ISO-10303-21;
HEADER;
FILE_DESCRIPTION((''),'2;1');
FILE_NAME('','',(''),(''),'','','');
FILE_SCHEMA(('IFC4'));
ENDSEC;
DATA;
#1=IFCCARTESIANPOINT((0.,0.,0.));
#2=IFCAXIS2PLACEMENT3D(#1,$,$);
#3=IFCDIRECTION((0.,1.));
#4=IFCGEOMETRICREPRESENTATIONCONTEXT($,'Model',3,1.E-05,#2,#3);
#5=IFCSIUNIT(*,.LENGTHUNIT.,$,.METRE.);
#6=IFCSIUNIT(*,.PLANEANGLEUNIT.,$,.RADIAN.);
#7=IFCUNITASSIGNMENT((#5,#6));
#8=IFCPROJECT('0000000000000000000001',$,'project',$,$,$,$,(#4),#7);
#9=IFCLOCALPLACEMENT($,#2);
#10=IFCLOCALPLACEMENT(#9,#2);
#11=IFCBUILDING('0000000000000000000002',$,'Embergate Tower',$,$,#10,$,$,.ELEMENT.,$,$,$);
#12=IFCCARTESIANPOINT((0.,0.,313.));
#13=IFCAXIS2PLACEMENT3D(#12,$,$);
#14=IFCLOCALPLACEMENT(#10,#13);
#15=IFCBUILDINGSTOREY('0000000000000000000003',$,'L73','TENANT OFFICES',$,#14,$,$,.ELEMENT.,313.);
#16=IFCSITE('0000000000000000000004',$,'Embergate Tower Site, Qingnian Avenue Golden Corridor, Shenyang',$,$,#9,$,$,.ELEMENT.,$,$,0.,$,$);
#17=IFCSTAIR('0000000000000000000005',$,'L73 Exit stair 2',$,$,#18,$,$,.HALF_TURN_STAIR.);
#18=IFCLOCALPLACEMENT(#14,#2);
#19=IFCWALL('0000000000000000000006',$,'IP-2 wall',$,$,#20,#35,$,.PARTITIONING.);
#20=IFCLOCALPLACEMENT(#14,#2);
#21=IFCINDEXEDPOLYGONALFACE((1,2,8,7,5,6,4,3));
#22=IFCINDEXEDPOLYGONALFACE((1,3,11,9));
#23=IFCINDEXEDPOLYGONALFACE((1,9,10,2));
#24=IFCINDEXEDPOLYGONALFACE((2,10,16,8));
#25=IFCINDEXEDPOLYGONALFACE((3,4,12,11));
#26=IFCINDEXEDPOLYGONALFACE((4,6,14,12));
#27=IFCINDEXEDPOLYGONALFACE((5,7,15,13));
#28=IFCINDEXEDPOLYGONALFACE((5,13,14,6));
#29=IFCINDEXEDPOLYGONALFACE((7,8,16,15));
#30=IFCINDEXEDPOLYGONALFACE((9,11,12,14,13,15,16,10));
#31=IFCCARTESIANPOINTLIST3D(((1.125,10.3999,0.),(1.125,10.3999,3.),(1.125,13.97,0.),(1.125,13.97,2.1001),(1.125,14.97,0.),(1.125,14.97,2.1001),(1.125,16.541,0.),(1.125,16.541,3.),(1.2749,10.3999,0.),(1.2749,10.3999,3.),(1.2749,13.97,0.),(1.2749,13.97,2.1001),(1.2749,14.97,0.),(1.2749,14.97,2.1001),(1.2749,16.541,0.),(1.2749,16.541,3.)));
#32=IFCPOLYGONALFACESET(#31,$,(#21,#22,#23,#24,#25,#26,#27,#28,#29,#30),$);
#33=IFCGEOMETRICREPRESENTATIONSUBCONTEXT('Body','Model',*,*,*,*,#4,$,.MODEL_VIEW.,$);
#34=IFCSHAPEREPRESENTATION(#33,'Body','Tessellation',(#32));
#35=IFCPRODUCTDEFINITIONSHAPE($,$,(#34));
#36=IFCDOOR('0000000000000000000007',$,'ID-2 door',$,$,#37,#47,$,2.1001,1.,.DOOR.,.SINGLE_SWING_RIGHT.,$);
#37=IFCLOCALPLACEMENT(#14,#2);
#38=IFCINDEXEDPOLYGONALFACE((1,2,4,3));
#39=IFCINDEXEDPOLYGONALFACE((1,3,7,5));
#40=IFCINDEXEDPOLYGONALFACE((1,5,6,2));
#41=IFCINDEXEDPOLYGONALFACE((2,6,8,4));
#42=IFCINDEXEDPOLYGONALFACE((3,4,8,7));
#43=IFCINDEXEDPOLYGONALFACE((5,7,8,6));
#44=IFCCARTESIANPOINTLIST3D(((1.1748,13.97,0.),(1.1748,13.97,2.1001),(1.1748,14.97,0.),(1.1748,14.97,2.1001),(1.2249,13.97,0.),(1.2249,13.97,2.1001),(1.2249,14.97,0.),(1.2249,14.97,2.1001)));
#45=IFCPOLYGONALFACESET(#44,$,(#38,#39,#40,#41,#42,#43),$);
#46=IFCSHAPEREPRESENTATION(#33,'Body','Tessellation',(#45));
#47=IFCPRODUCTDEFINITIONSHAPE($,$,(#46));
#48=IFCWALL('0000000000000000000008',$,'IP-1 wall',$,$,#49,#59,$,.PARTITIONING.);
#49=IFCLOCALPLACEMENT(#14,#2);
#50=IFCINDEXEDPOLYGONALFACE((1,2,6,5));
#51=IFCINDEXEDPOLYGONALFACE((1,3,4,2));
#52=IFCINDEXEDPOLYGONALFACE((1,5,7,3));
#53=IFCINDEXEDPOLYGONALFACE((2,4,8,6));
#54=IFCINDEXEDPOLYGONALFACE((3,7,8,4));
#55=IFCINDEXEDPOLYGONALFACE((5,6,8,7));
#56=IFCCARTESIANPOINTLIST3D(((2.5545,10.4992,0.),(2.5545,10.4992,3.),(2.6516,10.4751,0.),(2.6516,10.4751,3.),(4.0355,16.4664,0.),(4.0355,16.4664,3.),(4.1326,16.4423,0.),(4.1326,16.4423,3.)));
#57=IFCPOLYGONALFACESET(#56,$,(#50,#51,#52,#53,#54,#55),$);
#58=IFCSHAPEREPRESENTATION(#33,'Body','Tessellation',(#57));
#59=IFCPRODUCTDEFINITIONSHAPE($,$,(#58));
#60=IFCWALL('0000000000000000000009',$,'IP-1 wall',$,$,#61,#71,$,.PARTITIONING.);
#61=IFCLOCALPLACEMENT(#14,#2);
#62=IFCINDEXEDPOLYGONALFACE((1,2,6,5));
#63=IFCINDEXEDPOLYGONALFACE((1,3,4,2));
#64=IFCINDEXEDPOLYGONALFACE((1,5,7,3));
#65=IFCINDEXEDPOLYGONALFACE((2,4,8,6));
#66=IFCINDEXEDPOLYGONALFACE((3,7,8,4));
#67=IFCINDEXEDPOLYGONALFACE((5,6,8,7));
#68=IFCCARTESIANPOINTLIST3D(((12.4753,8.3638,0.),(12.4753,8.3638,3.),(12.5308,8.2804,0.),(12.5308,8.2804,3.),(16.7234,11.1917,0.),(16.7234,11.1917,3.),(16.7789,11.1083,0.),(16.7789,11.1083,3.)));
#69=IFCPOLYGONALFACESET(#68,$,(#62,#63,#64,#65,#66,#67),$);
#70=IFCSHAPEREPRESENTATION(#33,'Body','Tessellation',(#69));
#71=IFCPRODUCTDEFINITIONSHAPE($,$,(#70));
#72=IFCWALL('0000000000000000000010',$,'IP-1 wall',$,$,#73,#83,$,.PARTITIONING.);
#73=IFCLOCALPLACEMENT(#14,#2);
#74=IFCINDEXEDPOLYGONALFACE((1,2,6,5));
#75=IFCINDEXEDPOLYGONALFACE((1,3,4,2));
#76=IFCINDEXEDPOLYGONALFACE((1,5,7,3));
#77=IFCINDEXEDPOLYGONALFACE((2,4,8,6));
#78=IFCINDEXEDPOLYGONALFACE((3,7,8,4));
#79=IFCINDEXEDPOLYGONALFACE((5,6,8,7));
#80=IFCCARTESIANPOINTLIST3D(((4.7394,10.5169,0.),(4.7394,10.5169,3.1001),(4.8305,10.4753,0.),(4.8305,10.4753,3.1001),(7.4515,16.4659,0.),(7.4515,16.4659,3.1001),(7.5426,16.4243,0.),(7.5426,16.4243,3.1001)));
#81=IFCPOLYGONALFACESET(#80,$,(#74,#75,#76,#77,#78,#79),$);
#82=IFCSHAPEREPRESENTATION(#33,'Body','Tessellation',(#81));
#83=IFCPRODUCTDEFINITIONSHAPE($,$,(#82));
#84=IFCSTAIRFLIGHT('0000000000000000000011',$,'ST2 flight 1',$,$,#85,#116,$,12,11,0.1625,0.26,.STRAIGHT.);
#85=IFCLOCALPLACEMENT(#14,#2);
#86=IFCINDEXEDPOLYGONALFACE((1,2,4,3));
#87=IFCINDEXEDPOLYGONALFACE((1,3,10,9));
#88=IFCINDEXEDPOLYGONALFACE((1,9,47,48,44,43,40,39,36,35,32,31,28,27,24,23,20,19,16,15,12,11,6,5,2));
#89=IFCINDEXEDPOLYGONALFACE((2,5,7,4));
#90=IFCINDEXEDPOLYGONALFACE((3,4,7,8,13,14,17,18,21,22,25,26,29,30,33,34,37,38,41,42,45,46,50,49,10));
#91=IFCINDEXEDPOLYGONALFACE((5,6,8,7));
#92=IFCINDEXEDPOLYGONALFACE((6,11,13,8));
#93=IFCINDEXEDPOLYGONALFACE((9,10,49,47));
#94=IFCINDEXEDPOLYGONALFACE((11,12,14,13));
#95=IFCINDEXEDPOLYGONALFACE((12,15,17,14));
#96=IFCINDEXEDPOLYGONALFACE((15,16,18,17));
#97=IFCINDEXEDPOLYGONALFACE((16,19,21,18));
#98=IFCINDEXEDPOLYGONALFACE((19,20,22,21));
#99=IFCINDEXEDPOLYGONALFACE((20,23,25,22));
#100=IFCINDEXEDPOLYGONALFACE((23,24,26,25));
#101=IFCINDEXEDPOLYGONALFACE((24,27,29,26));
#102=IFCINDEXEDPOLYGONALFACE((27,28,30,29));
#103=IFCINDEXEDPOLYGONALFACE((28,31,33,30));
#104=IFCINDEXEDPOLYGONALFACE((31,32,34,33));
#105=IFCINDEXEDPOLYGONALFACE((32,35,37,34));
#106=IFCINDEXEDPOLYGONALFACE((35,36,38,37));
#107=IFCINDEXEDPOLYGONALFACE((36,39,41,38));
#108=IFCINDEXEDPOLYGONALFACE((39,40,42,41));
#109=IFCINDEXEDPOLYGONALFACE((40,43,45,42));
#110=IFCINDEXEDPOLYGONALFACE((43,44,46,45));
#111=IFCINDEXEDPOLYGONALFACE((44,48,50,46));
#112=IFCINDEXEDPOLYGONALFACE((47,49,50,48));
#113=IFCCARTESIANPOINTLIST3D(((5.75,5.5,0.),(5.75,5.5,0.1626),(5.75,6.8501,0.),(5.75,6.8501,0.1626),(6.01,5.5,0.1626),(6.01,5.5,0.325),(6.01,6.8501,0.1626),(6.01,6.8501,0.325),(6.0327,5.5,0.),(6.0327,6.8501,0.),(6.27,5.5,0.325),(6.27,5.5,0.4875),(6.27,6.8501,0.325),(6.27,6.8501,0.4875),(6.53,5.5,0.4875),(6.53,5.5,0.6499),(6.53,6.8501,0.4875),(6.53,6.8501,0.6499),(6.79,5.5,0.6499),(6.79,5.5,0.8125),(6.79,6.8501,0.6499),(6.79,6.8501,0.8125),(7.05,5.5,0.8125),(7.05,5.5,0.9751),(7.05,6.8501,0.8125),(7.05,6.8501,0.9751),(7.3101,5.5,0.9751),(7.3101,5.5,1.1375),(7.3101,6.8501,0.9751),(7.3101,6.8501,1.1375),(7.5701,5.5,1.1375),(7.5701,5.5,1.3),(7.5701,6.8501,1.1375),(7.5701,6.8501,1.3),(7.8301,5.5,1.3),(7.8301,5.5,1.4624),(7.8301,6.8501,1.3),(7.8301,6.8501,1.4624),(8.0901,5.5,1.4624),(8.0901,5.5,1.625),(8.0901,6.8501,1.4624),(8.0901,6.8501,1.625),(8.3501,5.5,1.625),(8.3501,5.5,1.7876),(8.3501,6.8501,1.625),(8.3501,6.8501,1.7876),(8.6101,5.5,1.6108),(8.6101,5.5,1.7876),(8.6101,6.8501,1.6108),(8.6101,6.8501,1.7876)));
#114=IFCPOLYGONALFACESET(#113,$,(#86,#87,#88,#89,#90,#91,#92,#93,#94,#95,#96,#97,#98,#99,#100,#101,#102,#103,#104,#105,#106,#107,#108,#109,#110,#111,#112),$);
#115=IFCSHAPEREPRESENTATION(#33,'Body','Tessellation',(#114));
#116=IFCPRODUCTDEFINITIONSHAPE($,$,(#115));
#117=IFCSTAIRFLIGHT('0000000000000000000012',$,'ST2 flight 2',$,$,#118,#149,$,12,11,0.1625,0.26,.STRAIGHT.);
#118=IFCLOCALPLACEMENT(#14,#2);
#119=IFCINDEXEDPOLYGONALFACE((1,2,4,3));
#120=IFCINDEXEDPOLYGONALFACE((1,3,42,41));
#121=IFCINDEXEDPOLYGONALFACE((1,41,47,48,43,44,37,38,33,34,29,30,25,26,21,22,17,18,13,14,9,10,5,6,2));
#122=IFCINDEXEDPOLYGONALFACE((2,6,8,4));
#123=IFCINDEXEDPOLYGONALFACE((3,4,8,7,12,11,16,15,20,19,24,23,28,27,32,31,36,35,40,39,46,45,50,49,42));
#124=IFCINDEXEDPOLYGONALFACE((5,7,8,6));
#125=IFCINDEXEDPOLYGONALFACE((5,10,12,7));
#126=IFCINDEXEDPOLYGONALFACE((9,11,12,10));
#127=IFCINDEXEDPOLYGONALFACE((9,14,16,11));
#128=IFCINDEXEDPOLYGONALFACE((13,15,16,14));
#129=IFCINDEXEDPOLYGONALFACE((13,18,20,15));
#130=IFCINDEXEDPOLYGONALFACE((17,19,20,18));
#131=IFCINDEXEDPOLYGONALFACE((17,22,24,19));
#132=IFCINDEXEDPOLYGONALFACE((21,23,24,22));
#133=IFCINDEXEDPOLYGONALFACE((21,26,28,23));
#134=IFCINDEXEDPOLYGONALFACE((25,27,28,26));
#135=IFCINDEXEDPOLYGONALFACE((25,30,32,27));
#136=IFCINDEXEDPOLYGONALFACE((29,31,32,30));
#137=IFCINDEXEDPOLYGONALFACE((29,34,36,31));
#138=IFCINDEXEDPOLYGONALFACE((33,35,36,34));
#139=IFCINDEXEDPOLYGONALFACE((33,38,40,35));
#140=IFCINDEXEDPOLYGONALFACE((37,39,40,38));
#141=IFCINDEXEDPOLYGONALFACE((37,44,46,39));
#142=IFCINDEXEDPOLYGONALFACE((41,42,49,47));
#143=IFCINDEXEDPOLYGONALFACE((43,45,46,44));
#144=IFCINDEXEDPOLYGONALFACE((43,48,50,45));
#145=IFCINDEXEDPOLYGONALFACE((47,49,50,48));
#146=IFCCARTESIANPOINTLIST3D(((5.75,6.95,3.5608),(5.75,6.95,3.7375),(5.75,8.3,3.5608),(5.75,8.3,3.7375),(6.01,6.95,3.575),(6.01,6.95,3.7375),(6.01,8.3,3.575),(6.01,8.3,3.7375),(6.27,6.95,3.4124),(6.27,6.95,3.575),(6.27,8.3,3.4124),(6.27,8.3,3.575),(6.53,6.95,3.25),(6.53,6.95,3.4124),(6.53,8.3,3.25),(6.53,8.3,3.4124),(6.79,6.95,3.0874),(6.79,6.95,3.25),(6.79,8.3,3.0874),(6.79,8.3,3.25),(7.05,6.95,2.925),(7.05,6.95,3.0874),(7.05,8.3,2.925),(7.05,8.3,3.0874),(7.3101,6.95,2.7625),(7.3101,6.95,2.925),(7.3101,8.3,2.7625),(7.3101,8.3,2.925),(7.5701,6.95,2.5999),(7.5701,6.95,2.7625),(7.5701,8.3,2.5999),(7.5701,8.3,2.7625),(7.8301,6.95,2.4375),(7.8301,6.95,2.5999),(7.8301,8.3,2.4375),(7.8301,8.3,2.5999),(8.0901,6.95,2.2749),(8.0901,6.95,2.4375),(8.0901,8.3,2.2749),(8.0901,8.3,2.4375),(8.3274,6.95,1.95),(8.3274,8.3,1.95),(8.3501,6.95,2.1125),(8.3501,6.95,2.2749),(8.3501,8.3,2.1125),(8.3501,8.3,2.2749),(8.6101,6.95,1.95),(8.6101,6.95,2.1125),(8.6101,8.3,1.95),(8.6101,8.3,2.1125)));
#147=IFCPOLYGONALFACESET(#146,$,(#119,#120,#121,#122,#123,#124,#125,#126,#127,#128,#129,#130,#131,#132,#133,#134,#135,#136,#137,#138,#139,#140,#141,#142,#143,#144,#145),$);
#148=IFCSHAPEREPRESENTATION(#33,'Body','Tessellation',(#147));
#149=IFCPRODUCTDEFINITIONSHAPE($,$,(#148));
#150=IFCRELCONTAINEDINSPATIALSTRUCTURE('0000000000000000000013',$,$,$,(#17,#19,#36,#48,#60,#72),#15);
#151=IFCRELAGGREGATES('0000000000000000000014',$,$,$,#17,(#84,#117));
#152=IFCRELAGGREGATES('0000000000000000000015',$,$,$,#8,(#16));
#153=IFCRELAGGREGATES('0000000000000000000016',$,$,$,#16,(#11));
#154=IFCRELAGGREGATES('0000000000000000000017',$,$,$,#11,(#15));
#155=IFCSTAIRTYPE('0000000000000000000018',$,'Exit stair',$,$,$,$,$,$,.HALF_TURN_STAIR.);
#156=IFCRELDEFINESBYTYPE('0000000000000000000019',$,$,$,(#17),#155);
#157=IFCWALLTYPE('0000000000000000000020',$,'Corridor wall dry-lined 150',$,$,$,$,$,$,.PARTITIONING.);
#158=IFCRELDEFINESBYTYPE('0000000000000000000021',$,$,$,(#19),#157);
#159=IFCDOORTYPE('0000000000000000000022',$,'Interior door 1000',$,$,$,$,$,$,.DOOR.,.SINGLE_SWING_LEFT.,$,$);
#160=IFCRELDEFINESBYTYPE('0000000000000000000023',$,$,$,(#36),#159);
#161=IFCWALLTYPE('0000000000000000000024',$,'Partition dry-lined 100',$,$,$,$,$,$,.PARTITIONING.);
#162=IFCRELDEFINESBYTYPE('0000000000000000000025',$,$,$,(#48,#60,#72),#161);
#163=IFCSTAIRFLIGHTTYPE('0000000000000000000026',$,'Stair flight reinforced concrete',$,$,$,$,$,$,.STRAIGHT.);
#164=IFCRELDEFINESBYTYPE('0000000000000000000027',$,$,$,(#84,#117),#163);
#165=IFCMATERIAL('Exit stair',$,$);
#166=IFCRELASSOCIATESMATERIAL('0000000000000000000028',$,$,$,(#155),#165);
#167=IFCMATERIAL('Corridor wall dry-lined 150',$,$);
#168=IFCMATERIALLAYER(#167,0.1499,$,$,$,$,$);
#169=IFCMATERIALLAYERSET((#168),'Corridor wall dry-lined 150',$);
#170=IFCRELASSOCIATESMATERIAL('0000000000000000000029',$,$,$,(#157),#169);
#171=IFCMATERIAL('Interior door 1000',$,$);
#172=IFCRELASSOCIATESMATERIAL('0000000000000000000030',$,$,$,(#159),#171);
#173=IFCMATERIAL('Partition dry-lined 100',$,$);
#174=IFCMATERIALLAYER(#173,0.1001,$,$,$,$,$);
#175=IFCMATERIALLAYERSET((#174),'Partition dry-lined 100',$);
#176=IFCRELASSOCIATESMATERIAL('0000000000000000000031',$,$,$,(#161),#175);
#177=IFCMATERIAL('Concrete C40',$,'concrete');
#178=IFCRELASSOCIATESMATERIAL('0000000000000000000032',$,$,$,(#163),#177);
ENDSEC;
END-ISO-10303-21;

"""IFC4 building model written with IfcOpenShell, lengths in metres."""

from ifc_helpers import new_model, si_unit, direction, frame, frame_2d, origin, place, context, subcontext, project, spatial, polyline, rectangle, outline, extrude, source, transform, mapped, material, layer, layer_set, type_object, element, fill, aggregate, save


model = new_model("IFC4")

# Units and contexts
model_context = context("Model", 3, precision=1e-05, world=origin(), true_north=direction((0.0, 1.0)))
body_context = subcontext(model_context, "Body", "Model", "MODEL_VIEW")
ifc_project = project(units=[si_unit("LENGTHUNIT", "METRE"), si_unit("PLANEANGLEUNIT", "RADIAN")], contexts=[model_context])

# Site, building, storey
site_placement = place(None, origin())
site = spatial("IfcSite", under=ifc_project, at=site_placement, Name="Embergate Tower Site, Qingnian Avenue Golden Corridor, Shenyang", CompositionType="ELEMENT", RefElevation=0.0)
building_placement = place(site_placement, origin())
building = spatial("IfcBuilding", under=site, at=building_placement, Name="Embergate Tower", CompositionType="ELEMENT")
storey_placement = place(building_placement, frame((0.0, 0.0, 313.0)))
storey = spatial("IfcBuildingStorey", under=building, at=storey_placement, Name="L73", Description="TENANT OFFICES", CompositionType="ELEMENT", Elevation=313.0)

# Stair
ifc_material_1 = material(Name="Exit stair")
stair_type = type_object("IfcStairType", Name="Exit stair", PredefinedType="HALF_TURN_STAIR", material=ifc_material_1)
stair_placement = place(storey_placement, origin())
stair = element("IfcStair", 1, at=stair_placement, inside=storey, type_object=stair_type, Name="L73 Exit stair 2", PredefinedType="HALF_TURN_STAIR")
ifc_material_2 = material(Name="Concrete C40", Category="concrete")

# Shared definitions
ifc_material_3 = material(Name="Corridor wall dry-lined 150")
ifc_layer_1 = layer(ifc_material_3, 0.1499)
ifc_layer_set_1 = layer_set([ifc_layer_1], Name="Corridor wall dry-lined 150")
wall_type_1 = type_object("IfcWallType", Name="Corridor wall dry-lined 150", PredefinedType="PARTITIONING", material=ifc_layer_set_1)

# Shared definitions
shared_shape_1 = source(origin(), body_context, "Body", "SweptSolid", [
    extrude(rectangle(XDim=1.0, YDim=2.1001, at=frame_2d((0.5, 1.05))), frame((0.0, 0.085, 0.0), z_axis=(0.0, -1.0, 0.0), x_axis=(1.0, 0.0, 0.0)), (0.0, 0.0, 1.0), 0.1699),
])
ifc_material_4 = material(Name="Interior door 1000")
door_type_1 = type_object("IfcDoorType", Name="Interior door 1000", OperationType="SINGLE_SWING_LEFT", PredefinedType="DOOR", material=ifc_material_4)
shared_shape_2 = source(origin(), body_context, "Body", "SweptSolid", [
    extrude(rectangle(XDim=1.0, YDim=2.1001, at=frame_2d((0.5, 1.05))), frame((0.0, 0.0249, 0.0), z_axis=(0.0, -1.0, 0.0), x_axis=(1.0, 0.0, 0.0)), (0.0, 0.0, 1.0), 0.05),
])

# Wall, opening, door
shared_shape_3 = source(origin(), body_context, "Body", "SweptSolid", [
    extrude(rectangle(XDim=6.1411, YDim=0.1499, at=frame_2d((3.0706, 0.0))), origin(), (0.0, 0.0, 1.0), 3.0),
])
wall_1_placement = place(storey_placement, frame((1.2, 16.541, 0.0), z_axis=(0.0, 0.0, 1.0), x_axis=(0.0, -1.0, 0.0)))
wall_1 = element("IfcWall", 2, at=wall_1_placement, inside=storey, type_object=wall_type_1, Name="IP-2 wall", PredefinedType="PARTITIONING", context=body_context, shape_type="MappedRepresentation", body=[
    mapped(shared_shape_3, transform((0.0, 0.0, 0.0))),
])
opening_1_placement = place(wall_1_placement, frame((1.571, 0.0, 0.0)))
opening_1 = element("IfcOpeningElement", 3, at=opening_1_placement, cuts=wall_1, PredefinedType="OPENING", context=body_context, shape_type="MappedRepresentation", body=[
    mapped(shared_shape_1, transform((0.0, 0.0, 0.0))),
])
door_1_placement = place(opening_1_placement, origin())
door_1 = element("IfcDoor", 4, at=door_1_placement, inside=storey, type_object=door_type_1, Name="ID-2 door", OperationType="SINGLE_SWING_RIGHT", OverallHeight=2.1001, OverallWidth=1.0, PredefinedType="DOOR", context=body_context, shape_type="MappedRepresentation", body=[
    mapped(shared_shape_2, transform((0.0, 0.0, 0.0))),
])
fill(opening_1, door_1)

# Walls
ifc_material_5 = material(Name="Partition dry-lined 100")
ifc_layer_2 = layer(ifc_material_5, 0.1001)
ifc_layer_set_2 = layer_set([ifc_layer_2], Name="Partition dry-lined 100")
wall_type_2 = type_object("IfcWallType", Name="Partition dry-lined 100", PredefinedType="PARTITIONING", material=ifc_layer_set_2)
shared_shape_4 = source(origin(), body_context, "Body", "SweptSolid", [
    extrude(rectangle(XDim=6.1482, YDim=0.1001, at=frame_2d((3.0742, 0.0))), origin(), (0.0, 0.0, 1.0), 3.0),
])
wall_2_placement = place(storey_placement, frame((2.603, 10.4871, 0.0), z_axis=(0.0, 0.0, 1.0), x_axis=(0.240881, 0.970555, 0.0)))
element("IfcWall", 5, at=wall_2_placement, inside=storey, type_object=wall_type_2, Name="IP-1 wall", PredefinedType="PARTITIONING", context=body_context, shape_type="MappedRepresentation", body=[
    mapped(shared_shape_4, transform((0.0, 0.0, 0.0))),
])
shared_shape_5 = source(origin(), body_context, "Body", "SweptSolid", [
    extrude(rectangle(XDim=5.1033, YDim=0.1001, at=frame_2d((2.5518, 0.0))), origin(), (0.0, 0.0, 1.0), 3.0),
])
wall_3_placement = place(storey_placement, frame((12.5029, 8.322, 0.0), z_axis=(0.0, 0.0, 1.0), x_axis=(0.832425, 0.554137, 0.0)))
element("IfcWall", 6, at=wall_3_placement, inside=storey, type_object=wall_type_2, Name="IP-1 wall", PredefinedType="PARTITIONING", context=body_context, shape_type="MappedRepresentation", body=[
    mapped(shared_shape_5, transform((0.0, 0.0, 0.0))),
])
shared_shape_6 = source(origin(), body_context, "Body", "SweptSolid", [
    extrude(rectangle(XDim=6.5381, YDim=0.1001, at=frame_2d((3.269, 0.0))), origin(), (0.0, 0.0, 1.0), 3.1001),
])
wall_4_placement = place(storey_placement, frame((4.7849, 10.4961, 0.0), z_axis=(0.0, 0.0, 1.0), x_axis=(0.414827, 0.9099, 0.0)))
element("IfcWall", 7, at=wall_4_placement, inside=storey, type_object=wall_type_2, Name="IP-1 wall", PredefinedType="PARTITIONING", context=body_context, shape_type="MappedRepresentation", body=[
    mapped(shared_shape_6, transform((0.0, 0.0, 0.0))),
])

# Stair flights
stair_flight_type = type_object("IfcStairFlightType", Name="Stair flight reinforced concrete", PredefinedType="STRAIGHT", material=ifc_material_2)
shared_shape_7 = source(origin(), body_context, "Body", "SweptSolid", [
    extrude(outline(polyline([(0.0, 0.0), (0.0, 0.1626), (0.26, 0.1626), (0.26, 0.325), (0.52, 0.325), (0.52, 0.4875), (0.78, 0.4875), (0.78, 0.6499), (1.04, 0.6499), (1.04, 0.8125), (1.3, 0.8125), (1.3, 0.9751), (1.5601, 0.9751), (1.5601, 1.1375), (1.8201, 1.1375), (1.8201, 1.3), (2.0801, 1.3), (2.0801, 1.4624), (2.3401, 1.4624), (2.3401, 1.625), (2.6001, 1.625), (2.6001, 1.7876), (2.8601, 1.7876), (2.8601, 1.95), (2.8601, 1.6108), (0.2827, 0.0), (0.0, 0.0)])), frame((0.0, 0.675, 0.0), z_axis=(0.0, -1.0, 0.0), x_axis=(1.0, 0.0, 0.0)), (0.0, 0.0, 1.0), 1.3501),
])
stair_flight_1_placement = place(storey_placement, frame((5.75, 6.175, 0.0), z_axis=(0.0, 0.0, 1.0), x_axis=(1.0, 0.0, 0.0)))
stair_flight_1 = element("IfcStairFlight", 8, at=stair_flight_1_placement, type_object=stair_flight_type, Name="ST2 flight 1", NumberOfRisers=12, NumberOfTreads=11, PredefinedType="STRAIGHT", RiserHeight=0.1625, TreadLength=0.26, context=body_context, shape_type="MappedRepresentation", body=[
    mapped(shared_shape_7, transform((0.0, 0.0, 0.0))),
])
stair_flight_2_placement = place(storey_placement, frame((8.6101, 7.625, 1.95), z_axis=(0.0, 0.0, 1.0), x_axis=(-1.0, 0.0, 0.0)))
stair_flight_2 = element("IfcStairFlight", 9, at=stair_flight_2_placement, type_object=stair_flight_type, Name="ST2 flight 2", NumberOfRisers=12, NumberOfTreads=11, PredefinedType="STRAIGHT", RiserHeight=0.1625, TreadLength=0.26, context=body_context, shape_type="MappedRepresentation", body=[
    mapped(shared_shape_7, transform((0.0, 0.0, 0.0))),
])
aggregate(stair, [stair_flight_1, stair_flight_2])

save(model, "model.ifc")
